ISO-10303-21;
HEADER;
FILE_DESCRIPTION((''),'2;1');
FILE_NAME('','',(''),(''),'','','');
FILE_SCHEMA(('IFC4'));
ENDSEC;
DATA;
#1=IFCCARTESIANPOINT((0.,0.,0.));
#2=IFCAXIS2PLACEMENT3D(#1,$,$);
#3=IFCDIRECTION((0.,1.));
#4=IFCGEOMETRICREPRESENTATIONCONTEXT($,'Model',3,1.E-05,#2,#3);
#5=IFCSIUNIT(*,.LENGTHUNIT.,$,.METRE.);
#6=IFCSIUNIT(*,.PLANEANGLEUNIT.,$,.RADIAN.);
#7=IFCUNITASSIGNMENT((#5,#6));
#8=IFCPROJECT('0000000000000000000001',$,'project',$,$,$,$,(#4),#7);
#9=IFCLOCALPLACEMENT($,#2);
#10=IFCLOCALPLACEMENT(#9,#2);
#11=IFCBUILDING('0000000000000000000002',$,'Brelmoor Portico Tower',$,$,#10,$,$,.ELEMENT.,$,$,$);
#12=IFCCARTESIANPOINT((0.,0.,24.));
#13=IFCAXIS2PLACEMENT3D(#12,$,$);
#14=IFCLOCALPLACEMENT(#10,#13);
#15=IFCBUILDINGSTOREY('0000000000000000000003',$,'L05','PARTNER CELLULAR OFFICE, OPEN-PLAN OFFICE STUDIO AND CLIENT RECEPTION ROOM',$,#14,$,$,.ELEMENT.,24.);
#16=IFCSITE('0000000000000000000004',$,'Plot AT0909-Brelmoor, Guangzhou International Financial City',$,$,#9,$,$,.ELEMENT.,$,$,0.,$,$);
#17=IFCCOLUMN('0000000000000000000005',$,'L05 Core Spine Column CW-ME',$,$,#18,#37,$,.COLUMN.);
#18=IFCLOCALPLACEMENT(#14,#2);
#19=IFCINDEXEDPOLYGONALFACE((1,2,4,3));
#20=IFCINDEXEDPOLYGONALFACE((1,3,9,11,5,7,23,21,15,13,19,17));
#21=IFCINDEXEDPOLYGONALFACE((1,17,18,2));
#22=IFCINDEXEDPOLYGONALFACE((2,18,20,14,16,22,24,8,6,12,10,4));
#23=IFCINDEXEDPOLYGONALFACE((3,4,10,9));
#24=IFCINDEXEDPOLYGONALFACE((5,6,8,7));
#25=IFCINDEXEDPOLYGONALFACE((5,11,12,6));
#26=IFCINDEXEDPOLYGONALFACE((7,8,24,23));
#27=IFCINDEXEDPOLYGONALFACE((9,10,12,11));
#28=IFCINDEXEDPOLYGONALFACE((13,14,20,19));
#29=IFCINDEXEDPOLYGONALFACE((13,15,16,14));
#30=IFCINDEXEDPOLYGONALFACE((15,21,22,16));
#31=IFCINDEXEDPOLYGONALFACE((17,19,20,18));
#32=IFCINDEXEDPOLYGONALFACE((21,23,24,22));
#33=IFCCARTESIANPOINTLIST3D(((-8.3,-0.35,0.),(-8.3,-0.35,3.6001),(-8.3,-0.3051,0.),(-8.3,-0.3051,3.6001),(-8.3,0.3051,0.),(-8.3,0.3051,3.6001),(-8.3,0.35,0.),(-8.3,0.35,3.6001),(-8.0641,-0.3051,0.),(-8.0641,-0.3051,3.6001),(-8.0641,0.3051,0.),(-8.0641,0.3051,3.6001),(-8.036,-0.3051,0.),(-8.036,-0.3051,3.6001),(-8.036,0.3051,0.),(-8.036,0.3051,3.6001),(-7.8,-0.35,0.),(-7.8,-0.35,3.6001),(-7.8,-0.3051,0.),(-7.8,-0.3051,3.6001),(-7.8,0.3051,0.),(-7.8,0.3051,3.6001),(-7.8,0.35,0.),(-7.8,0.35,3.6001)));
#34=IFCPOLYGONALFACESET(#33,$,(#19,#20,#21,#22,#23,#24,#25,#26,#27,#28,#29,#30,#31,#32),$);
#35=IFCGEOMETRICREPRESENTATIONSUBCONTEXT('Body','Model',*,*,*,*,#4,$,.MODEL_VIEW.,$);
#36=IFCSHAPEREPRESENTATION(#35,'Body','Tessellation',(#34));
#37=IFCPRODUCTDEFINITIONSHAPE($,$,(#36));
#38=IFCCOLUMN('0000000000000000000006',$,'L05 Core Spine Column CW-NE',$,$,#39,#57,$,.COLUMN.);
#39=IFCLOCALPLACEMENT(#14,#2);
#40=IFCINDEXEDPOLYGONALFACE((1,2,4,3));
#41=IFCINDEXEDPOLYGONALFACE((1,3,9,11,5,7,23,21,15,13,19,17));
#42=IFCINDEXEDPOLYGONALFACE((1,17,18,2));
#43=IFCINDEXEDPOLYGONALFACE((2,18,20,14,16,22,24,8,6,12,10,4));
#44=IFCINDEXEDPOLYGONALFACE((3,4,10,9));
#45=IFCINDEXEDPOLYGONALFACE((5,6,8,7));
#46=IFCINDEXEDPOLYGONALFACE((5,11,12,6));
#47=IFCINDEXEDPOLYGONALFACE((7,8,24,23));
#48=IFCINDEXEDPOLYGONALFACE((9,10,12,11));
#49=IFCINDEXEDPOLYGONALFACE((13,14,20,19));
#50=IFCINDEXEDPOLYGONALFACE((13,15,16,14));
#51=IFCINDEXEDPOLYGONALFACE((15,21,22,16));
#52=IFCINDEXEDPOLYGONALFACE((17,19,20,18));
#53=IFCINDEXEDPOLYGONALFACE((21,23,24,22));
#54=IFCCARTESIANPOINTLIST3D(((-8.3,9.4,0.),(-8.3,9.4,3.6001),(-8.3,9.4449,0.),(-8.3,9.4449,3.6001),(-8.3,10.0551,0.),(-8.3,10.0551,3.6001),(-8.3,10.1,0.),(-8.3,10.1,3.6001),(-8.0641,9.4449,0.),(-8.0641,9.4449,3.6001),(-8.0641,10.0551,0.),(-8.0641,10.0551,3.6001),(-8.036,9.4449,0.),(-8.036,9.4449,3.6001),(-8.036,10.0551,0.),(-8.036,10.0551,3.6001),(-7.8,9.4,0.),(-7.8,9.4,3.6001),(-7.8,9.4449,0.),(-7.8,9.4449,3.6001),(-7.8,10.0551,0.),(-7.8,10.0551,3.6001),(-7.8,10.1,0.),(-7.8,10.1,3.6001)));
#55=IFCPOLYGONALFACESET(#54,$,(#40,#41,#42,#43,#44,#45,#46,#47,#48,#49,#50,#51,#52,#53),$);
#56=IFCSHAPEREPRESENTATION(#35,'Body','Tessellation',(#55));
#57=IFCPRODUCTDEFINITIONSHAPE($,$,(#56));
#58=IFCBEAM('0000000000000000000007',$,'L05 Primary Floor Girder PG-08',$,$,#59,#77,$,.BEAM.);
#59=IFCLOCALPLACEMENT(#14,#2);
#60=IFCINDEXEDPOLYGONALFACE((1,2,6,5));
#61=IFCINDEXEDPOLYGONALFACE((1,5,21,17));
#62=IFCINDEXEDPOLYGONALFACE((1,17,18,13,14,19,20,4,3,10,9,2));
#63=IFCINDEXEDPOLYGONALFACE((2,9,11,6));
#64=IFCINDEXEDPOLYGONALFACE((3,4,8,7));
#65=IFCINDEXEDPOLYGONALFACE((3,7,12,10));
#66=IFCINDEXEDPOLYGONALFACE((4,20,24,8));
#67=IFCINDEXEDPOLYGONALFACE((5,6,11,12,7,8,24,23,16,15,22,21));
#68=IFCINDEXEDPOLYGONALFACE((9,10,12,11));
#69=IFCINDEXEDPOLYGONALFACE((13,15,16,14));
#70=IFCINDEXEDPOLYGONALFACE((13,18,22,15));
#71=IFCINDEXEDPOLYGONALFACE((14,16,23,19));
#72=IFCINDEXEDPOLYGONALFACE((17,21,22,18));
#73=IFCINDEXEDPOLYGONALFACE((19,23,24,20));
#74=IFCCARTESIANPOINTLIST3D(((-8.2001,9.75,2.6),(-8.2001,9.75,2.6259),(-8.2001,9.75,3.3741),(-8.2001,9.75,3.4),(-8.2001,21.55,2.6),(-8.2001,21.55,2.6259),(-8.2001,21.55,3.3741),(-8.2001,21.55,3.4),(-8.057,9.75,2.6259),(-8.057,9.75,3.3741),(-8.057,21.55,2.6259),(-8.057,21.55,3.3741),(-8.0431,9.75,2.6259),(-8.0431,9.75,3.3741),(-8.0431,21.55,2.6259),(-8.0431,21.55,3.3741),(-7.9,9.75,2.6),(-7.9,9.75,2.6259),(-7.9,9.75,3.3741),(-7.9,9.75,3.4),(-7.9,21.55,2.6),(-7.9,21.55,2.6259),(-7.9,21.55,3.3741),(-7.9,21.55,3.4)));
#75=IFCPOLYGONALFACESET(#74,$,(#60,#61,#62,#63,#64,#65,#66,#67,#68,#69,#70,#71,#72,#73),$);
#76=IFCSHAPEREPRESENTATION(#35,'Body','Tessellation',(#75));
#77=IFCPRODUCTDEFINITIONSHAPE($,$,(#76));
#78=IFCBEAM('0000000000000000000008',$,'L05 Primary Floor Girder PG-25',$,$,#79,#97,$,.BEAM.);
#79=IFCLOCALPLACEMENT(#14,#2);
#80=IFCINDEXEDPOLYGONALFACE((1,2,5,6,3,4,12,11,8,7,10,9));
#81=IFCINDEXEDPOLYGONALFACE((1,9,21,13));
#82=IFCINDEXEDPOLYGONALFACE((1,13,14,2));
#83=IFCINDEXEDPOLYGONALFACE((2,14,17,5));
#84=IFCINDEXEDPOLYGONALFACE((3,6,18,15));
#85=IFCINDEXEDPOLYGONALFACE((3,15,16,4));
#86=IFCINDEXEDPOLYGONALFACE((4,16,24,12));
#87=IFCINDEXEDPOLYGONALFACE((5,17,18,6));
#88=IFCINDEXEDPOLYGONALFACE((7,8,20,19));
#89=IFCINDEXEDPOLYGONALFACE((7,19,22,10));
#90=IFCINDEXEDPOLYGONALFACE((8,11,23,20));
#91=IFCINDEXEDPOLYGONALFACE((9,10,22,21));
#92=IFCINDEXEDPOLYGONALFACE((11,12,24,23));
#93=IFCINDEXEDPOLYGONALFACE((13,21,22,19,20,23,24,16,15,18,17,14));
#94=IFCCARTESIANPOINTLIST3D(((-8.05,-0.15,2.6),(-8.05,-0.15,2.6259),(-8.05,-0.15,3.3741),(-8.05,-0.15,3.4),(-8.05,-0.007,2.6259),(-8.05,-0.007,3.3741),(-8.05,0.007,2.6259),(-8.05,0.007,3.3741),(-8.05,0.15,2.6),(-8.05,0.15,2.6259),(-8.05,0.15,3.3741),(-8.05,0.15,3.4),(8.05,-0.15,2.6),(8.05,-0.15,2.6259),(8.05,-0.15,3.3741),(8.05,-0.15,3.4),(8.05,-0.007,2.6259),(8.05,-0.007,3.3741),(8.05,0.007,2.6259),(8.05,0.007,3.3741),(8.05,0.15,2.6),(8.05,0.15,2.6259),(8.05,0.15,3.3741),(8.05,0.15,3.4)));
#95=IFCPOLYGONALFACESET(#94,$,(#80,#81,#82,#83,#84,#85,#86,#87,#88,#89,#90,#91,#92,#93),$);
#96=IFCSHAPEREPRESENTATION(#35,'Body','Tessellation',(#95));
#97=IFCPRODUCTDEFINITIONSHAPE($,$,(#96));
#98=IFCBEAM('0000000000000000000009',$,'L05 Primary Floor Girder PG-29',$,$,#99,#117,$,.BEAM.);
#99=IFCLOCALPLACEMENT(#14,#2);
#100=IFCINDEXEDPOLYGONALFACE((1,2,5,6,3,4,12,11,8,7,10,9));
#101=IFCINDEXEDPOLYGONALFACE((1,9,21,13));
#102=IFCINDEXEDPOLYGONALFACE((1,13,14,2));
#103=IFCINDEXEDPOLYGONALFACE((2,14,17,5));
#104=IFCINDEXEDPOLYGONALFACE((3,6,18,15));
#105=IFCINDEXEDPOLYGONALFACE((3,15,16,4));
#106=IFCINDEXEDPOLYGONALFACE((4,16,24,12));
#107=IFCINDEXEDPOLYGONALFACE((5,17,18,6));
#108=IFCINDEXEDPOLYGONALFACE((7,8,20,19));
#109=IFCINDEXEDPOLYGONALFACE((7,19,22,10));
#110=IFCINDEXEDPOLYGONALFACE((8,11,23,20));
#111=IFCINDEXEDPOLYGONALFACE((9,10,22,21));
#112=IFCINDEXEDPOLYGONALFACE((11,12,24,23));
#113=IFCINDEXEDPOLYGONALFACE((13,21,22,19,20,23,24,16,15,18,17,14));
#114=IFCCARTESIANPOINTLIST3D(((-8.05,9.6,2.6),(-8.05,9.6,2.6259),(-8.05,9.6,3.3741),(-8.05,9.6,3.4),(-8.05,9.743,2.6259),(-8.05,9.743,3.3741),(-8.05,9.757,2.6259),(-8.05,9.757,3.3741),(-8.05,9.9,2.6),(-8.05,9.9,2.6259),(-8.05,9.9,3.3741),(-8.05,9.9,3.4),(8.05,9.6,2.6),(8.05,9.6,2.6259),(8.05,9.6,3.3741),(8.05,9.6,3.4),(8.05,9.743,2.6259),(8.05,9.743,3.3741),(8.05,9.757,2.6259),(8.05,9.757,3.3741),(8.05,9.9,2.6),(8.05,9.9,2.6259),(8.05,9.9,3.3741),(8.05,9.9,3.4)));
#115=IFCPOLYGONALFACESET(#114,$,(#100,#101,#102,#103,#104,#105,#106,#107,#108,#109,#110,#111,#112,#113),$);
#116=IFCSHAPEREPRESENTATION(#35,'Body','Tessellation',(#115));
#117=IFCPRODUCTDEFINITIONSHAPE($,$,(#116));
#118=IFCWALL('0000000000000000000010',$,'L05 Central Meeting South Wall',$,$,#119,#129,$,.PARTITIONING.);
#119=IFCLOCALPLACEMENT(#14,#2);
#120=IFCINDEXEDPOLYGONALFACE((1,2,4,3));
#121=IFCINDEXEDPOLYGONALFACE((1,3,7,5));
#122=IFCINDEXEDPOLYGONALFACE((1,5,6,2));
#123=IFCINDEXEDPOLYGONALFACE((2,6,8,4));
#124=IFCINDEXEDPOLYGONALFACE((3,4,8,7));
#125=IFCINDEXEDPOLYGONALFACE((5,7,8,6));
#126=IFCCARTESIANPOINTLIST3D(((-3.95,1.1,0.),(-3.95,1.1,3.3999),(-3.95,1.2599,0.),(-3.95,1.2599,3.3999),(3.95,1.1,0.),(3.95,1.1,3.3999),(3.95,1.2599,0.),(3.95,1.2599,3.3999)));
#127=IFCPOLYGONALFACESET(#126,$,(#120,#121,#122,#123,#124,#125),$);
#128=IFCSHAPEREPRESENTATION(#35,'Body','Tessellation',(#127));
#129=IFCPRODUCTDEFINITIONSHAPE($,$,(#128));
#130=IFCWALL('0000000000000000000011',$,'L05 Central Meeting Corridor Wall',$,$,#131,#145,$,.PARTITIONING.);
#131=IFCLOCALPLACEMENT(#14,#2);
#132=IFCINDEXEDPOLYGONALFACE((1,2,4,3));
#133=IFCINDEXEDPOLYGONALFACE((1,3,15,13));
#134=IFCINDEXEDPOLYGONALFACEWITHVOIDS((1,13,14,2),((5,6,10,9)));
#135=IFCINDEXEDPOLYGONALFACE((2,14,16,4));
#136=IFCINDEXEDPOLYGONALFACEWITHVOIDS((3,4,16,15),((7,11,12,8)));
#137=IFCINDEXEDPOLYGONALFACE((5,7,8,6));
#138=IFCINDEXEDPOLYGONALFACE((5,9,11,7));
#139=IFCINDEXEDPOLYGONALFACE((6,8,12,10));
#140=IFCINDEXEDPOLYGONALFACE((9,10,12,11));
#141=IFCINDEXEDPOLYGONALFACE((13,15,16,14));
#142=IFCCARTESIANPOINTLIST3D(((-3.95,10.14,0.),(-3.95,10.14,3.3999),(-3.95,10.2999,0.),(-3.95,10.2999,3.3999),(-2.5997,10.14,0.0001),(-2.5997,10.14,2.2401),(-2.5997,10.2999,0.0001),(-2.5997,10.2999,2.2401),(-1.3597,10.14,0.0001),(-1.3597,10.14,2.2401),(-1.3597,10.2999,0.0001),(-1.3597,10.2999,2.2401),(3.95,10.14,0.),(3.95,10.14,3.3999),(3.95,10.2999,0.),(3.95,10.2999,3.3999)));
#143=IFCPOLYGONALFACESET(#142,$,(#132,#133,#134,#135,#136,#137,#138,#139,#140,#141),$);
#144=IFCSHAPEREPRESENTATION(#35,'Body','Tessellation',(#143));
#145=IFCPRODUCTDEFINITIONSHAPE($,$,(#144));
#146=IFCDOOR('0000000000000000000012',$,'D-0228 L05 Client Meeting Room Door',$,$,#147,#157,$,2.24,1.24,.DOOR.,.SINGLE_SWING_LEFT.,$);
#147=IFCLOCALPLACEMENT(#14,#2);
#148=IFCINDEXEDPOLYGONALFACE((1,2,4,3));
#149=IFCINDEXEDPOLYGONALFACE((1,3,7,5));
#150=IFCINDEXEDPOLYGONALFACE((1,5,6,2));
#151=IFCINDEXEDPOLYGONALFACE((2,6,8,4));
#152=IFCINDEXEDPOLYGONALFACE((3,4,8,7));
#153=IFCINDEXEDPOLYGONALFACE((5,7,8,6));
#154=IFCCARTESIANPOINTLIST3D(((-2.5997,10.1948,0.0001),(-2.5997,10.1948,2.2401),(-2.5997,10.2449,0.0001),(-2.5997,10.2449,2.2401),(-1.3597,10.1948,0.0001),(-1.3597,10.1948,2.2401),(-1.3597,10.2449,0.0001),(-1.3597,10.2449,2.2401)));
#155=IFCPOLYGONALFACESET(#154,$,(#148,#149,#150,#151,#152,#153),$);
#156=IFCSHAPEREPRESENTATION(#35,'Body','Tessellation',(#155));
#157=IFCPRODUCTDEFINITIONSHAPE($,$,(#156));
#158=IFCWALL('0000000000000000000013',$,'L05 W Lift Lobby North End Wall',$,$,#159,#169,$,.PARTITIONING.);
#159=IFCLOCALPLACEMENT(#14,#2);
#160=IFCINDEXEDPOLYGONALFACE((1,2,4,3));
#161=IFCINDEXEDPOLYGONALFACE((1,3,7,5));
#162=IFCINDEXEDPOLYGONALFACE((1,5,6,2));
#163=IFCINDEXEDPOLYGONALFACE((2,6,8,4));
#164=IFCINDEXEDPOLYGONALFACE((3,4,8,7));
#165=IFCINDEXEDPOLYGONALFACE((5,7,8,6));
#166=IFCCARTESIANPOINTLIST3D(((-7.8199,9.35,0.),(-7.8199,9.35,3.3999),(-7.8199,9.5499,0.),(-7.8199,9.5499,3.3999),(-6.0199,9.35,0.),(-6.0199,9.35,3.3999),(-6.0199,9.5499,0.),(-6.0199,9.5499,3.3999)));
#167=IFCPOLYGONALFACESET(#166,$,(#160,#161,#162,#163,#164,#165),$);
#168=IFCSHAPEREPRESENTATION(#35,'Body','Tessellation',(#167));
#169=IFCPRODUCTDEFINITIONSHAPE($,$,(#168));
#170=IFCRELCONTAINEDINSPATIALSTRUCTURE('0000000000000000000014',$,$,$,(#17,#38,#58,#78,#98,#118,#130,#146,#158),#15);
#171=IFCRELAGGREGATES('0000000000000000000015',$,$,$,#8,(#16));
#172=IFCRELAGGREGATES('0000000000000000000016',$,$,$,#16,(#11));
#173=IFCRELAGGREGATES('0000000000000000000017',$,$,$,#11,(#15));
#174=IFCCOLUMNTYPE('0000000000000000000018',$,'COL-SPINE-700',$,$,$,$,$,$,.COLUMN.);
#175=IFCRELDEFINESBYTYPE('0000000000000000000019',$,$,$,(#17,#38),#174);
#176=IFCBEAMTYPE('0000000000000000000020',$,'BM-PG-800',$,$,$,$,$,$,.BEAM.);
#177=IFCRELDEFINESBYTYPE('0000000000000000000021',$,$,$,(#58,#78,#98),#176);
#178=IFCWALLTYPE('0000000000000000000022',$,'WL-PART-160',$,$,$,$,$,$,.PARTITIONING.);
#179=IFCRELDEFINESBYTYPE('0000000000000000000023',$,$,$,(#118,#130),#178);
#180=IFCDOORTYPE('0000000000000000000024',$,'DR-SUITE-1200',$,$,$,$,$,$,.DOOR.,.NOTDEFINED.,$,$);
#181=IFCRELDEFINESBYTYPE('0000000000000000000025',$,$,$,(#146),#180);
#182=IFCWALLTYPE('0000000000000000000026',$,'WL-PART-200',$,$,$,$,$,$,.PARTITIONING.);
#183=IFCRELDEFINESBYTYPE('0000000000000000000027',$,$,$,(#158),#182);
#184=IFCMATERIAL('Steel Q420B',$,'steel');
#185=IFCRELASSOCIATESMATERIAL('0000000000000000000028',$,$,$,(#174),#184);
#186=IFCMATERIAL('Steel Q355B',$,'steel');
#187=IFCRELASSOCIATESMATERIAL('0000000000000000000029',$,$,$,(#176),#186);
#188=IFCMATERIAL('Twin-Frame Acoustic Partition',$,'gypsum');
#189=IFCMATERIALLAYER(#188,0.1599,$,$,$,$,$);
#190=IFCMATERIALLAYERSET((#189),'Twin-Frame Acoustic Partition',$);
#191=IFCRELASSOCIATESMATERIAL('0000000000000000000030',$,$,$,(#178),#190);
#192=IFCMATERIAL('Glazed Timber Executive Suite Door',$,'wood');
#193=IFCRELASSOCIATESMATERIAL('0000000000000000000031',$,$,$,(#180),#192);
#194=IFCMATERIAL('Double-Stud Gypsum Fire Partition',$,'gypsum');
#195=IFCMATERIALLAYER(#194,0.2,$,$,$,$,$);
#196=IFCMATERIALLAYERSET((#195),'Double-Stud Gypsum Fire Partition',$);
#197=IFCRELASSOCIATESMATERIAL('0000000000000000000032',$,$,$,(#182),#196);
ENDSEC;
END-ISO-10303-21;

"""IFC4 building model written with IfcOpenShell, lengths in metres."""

from ifc_helpers import new_model, si_unit, direction, frame, frame_2d, origin, origin_2d, place, context, subcontext, project, spatial, rectangle, i_section, extrude, material, layer, layer_set, material_profile, profile_set, type_object, element, fill, save


model = new_model("IFC4")

# Units and contexts
model_context = context("Model", 3, precision=1e-05, world=origin(), true_north=direction((0.0, 1.0)))
body_context = subcontext(model_context, "Body", "Model", "MODEL_VIEW")
ifc_project = project(units=[si_unit("LENGTHUNIT", "METRE"), si_unit("PLANEANGLEUNIT", "RADIAN")], contexts=[model_context])

# Site, building, storey
site_placement = place(None, origin())
site = spatial("IfcSite", under=ifc_project, at=site_placement, Name="Plot AT0909-Brelmoor, Guangzhou International Financial City", CompositionType="ELEMENT", RefElevation=0.0)
building_placement = place(site_placement, origin())
building = spatial("IfcBuilding", under=site, at=building_placement, Name="Brelmoor Portico Tower", CompositionType="ELEMENT")
storey_placement = place(building_placement, frame((0.0, 0.0, 24.0)))
storey = spatial("IfcBuildingStorey", under=building, at=storey_placement, Name="L05", Description="PARTNER CELLULAR OFFICE, OPEN-PLAN OFFICE STUDIO AND CLIENT RECEPTION ROOM", CompositionType="ELEMENT", Elevation=24.0)

# Columns
ifc_material_1 = material(Name="Steel Q420B", Category="steel")
ifc_material_profile_1 = material_profile(ifc_material_1, i_section(OverallWidth=0.5, OverallDepth=0.7, WebThickness=0.0281, FlangeThickness=0.0449, at=origin_2d()), Name="HW 700x500x28x45")
ifc_profile_set_1 = profile_set([ifc_material_profile_1], Name="Steel Q420B")
column_type = type_object("IfcColumnType", Name="COL-SPINE-700", PredefinedType="COLUMN", material=ifc_profile_set_1)
for number, where, z_axis, x_axis, name in (
    (1, (-8.05, 0.0, 0.0), (0.0, 0.0, 1.0), (1.0, 0.0, 0.0), "L05 Core Spine Column CW-ME"),
    (2, (-8.05, 9.75, 0.0), (0.0, 0.0, 1.0), (1.0, 0.0, 0.0), "L05 Core Spine Column CW-NE"),
):
    element("IfcColumn", number, at=place(storey_placement, frame(where, z_axis=z_axis, x_axis=x_axis)), inside=storey, type_object=column_type, Name=name, PredefinedType="COLUMN", context=body_context, shape_type="SweptSolid", body=[
        extrude(i_section(OverallWidth=0.5, OverallDepth=0.7, WebThickness=0.0281, FlangeThickness=0.0449, at=origin_2d()), origin(), (0.0, 0.0, 1.0), 3.6001),
    ])

# Beams
ifc_material_2 = material(Name="Steel Q355B", Category="steel")
ifc_material_profile_2 = material_profile(ifc_material_2, i_section(OverallWidth=0.3, OverallDepth=0.8, WebThickness=0.0139, FlangeThickness=0.0259, at=origin_2d()), Name="HN 800x300x14x26")
ifc_profile_set_2 = profile_set([ifc_material_profile_2], Name="Steel Q355B")
beam_type = type_object("IfcBeamType", Name="BM-PG-800", PredefinedType="BEAM", material=ifc_profile_set_2)
beam_placement = place(storey_placement, frame((-8.05, 9.75, 3.0), z_axis=(0.0, 1.0, 0.0), x_axis=(-1.0, 0.0, 0.0)))
element("IfcBeam", 3, at=beam_placement, inside=storey, type_object=beam_type, Name="L05 Primary Floor Girder PG-08", PredefinedType="BEAM", context=body_context, shape_type="SweptSolid", body=[
    extrude(i_section(OverallWidth=0.3, OverallDepth=0.8, WebThickness=0.0139, FlangeThickness=0.0259, at=origin_2d()), origin(), (0.0, 0.0, 1.0), 11.8),
])
for number, where, z_axis, x_axis, name in (
    (4, (-8.05, 0.0, 3.0), (1.0, 0.0, 0.0), (0.0, 1.0, 0.0), "L05 Primary Floor Girder PG-25"),
    (5, (-8.05, 9.75, 3.0), (1.0, 0.0, 0.0), (0.0, 1.0, 0.0), "L05 Primary Floor Girder PG-29"),
):
    element("IfcBeam", number, at=place(storey_placement, frame(where, z_axis=z_axis, x_axis=x_axis)), inside=storey, type_object=beam_type, Name=name, PredefinedType="BEAM", context=body_context, shape_type="SweptSolid", body=[
        extrude(i_section(OverallWidth=0.3, OverallDepth=0.8, WebThickness=0.0139, FlangeThickness=0.0259, at=origin_2d()), origin(), (0.0, 0.0, 1.0), 16.1001),
    ])

# Wall
ifc_material_3 = material(Name="Twin-Frame Acoustic Partition", Category="gypsum")
ifc_layer_1 = layer(ifc_material_3, 0.1599)
ifc_layer_set_1 = layer_set([ifc_layer_1], Name="Twin-Frame Acoustic Partition")
wall_type_1 = type_object("IfcWallType", Name="WL-PART-160", PredefinedType="PARTITIONING", material=ifc_layer_set_1)
wall_1_placement = place(storey_placement, frame((-3.95, 1.1799, 0.0), z_axis=(0.0, 0.0, 1.0), x_axis=(1.0, 0.0, 0.0)))
element("IfcWall", 6, at=wall_1_placement, inside=storey, type_object=wall_type_1, Name="L05 Central Meeting South Wall", PredefinedType="PARTITIONING", context=body_context, shape_type="SweptSolid", body=[
    extrude(rectangle(XDim=7.8999, YDim=0.1599, at=frame_2d((3.95, 0.0))), origin(), (0.0, 0.0, 1.0), 3.3999),
])

# Wall, opening, door
wall_2_placement = place(storey_placement, frame((-3.95, 10.22, 0.0), z_axis=(0.0, 0.0, 1.0), x_axis=(1.0, 0.0, 0.0)))
wall_2 = element("IfcWall", 7, at=wall_2_placement, inside=storey, type_object=wall_type_1, Name="L05 Central Meeting Corridor Wall", PredefinedType="PARTITIONING", context=body_context, shape_type="SweptSolid", body=[
    extrude(rectangle(XDim=7.8999, YDim=0.1599, at=frame_2d((3.95, 0.0))), origin(), (0.0, 0.0, 1.0), 3.3999),
])
opening_1_placement = place(wall_2_placement, frame((1.3501, 0.0, 0.0)))
opening_1 = element("IfcOpeningElement", 8, at=opening_1_placement, cuts=wall_2, PredefinedType="OPENING", context=body_context, shape_type="SweptSolid", body=[
    extrude(rectangle(XDim=1.24, YDim=2.24, at=frame_2d((0.6201, 1.1201))), frame((0.0, 0.0898, 0.0), z_axis=(0.0, -1.0, 0.0), x_axis=(1.0, 0.0, 0.0)), (0.0, 0.0, 1.0), 0.1799),
])
ifc_material_4 = material(Name="Glazed Timber Executive Suite Door", Category="wood")
door_type_1 = type_object("IfcDoorType", Name="DR-SUITE-1200", OperationType="NOTDEFINED", PredefinedType="DOOR", material=ifc_material_4)
door_1_placement = place(opening_1_placement, origin())
door_1 = element("IfcDoor", 9, at=door_1_placement, inside=storey, type_object=door_type_1, Name="D-0228 L05 Client Meeting Room Door", OperationType="SINGLE_SWING_LEFT", OverallHeight=2.24, OverallWidth=1.24, PredefinedType="DOOR", context=body_context, shape_type="SweptSolid", body=[
    extrude(rectangle(XDim=1.24, YDim=2.24, at=frame_2d((0.6201, 1.1201))), frame((0.0, 0.0249, 0.0), z_axis=(0.0, -1.0, 0.0), x_axis=(1.0, 0.0, 0.0)), (0.0, 0.0, 1.0), 0.05),
])
fill(opening_1, door_1)

# Wall
ifc_material_5 = material(Name="Double-Stud Gypsum Fire Partition", Category="gypsum")
ifc_layer_2 = layer(ifc_material_5, 0.2)
ifc_layer_set_2 = layer_set([ifc_layer_2], Name="Double-Stud Gypsum Fire Partition")
wall_type_2 = type_object("IfcWallType", Name="WL-PART-200", PredefinedType="PARTITIONING", material=ifc_layer_set_2)
wall_3_placement = place(storey_placement, frame((-6.02, 9.45, 0.0), z_axis=(0.0, 0.0, 1.0), x_axis=(-1.0, 0.0, 0.0)))
element("IfcWall", 10, at=wall_3_placement, inside=storey, type_object=wall_type_2, Name="L05 W Lift Lobby North End Wall", PredefinedType="PARTITIONING", context=body_context, shape_type="SweptSolid", body=[
    extrude(rectangle(XDim=1.8, YDim=0.2, at=frame_2d((0.8999, 0.0))), origin(), (0.0, 0.0, 1.0), 3.3999),
])

save(model, "model.ifc")
